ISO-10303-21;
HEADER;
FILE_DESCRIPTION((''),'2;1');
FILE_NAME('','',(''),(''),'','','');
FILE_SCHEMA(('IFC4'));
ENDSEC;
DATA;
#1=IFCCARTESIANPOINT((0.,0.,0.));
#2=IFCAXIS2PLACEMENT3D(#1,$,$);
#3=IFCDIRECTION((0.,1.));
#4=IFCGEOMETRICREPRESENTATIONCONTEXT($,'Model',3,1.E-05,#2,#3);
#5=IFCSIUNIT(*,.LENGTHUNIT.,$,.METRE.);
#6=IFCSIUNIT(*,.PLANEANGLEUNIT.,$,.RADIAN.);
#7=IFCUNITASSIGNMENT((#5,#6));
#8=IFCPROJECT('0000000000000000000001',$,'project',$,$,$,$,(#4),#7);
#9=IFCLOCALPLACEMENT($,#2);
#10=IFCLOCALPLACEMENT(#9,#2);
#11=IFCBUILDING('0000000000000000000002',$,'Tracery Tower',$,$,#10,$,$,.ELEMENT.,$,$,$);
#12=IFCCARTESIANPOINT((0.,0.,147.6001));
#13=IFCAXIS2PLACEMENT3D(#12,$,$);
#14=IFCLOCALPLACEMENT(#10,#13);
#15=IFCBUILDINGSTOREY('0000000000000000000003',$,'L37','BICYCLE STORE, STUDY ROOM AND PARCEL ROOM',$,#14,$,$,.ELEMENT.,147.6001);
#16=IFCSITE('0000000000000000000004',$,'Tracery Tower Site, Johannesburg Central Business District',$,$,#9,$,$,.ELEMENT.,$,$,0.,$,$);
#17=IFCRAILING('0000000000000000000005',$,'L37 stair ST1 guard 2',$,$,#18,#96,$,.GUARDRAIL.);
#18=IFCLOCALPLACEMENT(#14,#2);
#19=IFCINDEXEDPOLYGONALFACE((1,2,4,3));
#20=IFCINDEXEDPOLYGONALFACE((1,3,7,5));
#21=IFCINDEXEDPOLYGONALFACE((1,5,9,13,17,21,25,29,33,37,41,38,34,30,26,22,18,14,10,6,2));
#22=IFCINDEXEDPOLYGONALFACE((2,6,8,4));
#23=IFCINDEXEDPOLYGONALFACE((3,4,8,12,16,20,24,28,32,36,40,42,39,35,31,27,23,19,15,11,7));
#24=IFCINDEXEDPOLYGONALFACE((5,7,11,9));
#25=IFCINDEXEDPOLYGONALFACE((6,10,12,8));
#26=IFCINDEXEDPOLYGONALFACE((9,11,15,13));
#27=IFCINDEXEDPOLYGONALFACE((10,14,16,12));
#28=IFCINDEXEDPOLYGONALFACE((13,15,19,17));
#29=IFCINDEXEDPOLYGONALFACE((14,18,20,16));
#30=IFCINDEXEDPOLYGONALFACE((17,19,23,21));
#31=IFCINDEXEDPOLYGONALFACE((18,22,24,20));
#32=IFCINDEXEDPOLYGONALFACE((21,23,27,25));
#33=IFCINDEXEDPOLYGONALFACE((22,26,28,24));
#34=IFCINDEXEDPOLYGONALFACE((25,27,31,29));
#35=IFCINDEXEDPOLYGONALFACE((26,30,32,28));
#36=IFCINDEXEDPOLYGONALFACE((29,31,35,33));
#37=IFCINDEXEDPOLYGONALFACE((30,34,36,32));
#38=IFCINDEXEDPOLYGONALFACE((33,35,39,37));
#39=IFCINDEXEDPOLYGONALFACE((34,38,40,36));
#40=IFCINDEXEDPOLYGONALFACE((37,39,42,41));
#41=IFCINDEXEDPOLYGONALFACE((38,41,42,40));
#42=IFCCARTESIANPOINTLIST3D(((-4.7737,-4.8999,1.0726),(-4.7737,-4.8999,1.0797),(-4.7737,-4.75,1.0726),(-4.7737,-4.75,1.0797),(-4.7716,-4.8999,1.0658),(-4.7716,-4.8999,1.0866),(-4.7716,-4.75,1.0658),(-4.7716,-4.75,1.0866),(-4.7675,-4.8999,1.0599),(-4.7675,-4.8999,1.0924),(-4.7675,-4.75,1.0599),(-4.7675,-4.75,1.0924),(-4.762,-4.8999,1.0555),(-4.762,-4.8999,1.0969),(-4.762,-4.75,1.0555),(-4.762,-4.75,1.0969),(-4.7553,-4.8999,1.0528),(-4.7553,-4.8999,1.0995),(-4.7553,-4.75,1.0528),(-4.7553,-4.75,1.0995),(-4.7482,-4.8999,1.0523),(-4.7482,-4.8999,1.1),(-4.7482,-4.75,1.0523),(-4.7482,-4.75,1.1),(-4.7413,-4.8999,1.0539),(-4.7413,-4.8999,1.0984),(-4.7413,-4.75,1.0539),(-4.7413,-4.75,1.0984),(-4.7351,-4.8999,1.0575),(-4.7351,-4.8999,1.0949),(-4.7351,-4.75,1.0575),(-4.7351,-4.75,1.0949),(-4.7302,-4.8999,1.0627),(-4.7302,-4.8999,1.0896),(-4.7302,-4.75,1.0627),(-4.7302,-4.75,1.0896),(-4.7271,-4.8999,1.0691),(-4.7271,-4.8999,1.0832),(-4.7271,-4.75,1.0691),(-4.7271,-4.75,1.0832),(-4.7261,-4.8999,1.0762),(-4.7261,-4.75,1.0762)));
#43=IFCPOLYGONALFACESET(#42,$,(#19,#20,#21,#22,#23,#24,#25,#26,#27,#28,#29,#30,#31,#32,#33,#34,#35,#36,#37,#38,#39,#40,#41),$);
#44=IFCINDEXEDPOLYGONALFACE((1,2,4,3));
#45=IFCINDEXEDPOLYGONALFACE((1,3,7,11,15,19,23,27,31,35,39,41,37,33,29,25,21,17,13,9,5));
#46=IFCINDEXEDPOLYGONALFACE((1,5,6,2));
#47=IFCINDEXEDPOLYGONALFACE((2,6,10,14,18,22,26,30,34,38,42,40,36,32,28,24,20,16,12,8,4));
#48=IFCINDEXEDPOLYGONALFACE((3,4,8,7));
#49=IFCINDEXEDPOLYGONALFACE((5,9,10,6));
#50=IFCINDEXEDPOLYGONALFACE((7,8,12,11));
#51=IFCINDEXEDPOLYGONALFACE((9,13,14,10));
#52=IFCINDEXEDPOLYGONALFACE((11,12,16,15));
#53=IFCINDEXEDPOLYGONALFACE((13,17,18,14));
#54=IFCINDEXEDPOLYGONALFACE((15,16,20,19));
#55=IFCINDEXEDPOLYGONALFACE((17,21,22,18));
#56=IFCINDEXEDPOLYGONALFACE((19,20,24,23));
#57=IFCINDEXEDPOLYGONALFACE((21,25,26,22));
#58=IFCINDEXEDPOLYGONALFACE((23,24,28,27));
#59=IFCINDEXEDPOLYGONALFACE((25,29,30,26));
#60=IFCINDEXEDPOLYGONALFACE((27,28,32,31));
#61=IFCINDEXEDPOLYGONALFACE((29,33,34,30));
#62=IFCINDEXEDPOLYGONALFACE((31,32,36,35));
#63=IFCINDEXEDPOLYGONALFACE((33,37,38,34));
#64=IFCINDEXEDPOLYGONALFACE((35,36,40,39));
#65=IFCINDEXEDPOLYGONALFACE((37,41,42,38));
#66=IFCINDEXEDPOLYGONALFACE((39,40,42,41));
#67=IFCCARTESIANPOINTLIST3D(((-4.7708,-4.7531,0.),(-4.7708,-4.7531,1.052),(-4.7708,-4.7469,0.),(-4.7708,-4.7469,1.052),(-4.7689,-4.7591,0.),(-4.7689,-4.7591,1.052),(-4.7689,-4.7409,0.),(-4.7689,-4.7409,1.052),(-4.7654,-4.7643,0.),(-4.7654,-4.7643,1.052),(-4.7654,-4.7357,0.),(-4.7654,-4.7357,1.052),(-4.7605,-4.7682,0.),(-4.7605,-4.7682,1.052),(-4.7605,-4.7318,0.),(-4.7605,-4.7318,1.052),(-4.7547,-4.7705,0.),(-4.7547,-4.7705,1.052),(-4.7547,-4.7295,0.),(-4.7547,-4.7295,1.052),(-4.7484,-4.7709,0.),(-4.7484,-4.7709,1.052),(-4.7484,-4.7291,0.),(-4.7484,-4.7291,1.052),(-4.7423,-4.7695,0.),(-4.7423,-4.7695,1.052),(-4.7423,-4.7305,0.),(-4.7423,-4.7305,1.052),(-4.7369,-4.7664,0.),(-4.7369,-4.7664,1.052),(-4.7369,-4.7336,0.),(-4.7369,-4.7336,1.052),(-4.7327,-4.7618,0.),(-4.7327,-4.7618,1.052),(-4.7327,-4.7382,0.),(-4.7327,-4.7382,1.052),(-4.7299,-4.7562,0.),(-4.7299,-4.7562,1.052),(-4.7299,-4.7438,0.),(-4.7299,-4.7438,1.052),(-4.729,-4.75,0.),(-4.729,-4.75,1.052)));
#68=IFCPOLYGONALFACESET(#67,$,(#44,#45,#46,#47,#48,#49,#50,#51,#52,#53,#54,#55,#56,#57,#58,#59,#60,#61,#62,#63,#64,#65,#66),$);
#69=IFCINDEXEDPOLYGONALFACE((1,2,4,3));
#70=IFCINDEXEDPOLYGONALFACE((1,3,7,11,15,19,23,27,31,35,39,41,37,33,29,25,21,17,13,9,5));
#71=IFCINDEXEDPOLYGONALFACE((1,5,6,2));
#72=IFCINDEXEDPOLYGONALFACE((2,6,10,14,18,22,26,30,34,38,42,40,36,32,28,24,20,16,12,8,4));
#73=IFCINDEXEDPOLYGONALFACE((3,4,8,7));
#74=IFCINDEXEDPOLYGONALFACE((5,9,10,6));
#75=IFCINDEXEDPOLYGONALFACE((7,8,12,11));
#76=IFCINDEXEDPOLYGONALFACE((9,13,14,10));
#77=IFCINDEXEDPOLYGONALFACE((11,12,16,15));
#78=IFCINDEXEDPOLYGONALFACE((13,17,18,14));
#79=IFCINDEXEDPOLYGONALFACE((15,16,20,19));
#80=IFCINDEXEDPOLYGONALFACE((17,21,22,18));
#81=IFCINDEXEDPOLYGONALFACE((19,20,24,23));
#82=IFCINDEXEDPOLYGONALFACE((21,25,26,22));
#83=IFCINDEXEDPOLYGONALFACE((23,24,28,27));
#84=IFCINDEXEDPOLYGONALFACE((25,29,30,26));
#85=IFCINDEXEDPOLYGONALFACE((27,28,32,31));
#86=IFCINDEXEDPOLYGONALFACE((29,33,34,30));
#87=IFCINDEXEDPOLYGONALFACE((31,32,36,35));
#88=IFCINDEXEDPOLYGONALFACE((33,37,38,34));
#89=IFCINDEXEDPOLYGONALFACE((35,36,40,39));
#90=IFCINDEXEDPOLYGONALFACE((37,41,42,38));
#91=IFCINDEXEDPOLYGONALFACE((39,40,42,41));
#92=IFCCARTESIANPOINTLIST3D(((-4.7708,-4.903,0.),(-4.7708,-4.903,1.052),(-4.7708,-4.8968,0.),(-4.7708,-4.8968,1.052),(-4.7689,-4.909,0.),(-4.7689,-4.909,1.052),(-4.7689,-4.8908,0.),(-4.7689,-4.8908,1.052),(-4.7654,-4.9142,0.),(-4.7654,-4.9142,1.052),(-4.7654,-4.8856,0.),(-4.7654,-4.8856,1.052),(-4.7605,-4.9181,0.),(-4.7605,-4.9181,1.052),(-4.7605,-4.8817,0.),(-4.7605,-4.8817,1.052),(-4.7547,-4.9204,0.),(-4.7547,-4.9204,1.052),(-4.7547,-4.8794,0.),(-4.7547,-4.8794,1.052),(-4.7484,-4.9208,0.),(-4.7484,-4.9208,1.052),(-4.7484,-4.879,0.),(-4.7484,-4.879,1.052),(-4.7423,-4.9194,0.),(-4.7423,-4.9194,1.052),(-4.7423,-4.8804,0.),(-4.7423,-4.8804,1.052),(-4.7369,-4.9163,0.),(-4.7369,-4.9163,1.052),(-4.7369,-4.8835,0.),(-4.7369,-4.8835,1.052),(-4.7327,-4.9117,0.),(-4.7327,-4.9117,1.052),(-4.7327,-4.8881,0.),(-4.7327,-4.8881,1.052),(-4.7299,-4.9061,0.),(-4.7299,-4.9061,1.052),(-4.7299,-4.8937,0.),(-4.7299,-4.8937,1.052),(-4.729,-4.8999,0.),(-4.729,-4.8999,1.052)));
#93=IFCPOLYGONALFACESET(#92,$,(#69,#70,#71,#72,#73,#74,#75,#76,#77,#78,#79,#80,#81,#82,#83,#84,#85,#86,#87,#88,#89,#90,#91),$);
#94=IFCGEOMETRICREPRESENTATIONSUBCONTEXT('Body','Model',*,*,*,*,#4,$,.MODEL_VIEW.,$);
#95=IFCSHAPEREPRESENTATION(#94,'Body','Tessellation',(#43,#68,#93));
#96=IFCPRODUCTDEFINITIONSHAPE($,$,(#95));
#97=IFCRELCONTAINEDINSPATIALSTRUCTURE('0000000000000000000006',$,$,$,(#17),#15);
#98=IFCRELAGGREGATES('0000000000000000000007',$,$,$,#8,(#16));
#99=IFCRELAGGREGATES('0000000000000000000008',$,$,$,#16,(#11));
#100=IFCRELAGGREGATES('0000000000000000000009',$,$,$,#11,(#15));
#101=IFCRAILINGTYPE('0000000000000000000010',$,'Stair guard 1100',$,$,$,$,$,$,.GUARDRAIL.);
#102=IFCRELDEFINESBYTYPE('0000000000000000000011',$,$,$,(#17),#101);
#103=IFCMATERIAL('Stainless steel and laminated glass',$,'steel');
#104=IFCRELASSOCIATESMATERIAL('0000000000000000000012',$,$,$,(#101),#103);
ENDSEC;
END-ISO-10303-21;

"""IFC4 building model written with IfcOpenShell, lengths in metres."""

from ifc_helpers import new_model, si_unit, direction, frame, origin, origin_2d, place, context, subcontext, project, spatial, circle, extrude, material, type_object, element, save


model = new_model("IFC4")

# Units and contexts
model_context = context("Model", 3, precision=1e-05, world=origin(), true_north=direction((0.0, 1.0)))
body_context = subcontext(model_context, "Body", "Model", "MODEL_VIEW")
ifc_project = project(units=[si_unit("LENGTHUNIT", "METRE"), si_unit("PLANEANGLEUNIT", "RADIAN")], contexts=[model_context])

# Site, building, storey
site_placement = place(None, origin())
site = spatial("IfcSite", under=ifc_project, at=site_placement, Name="Tracery Tower Site, Johannesburg Central Business District", CompositionType="ELEMENT", RefElevation=0.0)
building_placement = place(site_placement, origin())
building = spatial("IfcBuilding", under=site, at=building_placement, Name="Tracery Tower", CompositionType="ELEMENT")
storey_placement = place(building_placement, frame((0.0, 0.0, 147.6001)))
storey = spatial("IfcBuildingStorey", under=building, at=storey_placement, Name="L37", Description="BICYCLE STORE, STUDY ROOM AND PARCEL ROOM", CompositionType="ELEMENT", Elevation=147.6001)

# Railing
ifc_material_1 = material(Name="Stainless steel and laminated glass", Category="steel")
railing_type_1 = type_object("IfcRailingType", Name="Stair guard 1100", PredefinedType="GUARDRAIL", material=ifc_material_1)
railing_1_placement = place(storey_placement, frame((-4.75, -4.75, 0.0)))
element("IfcRailing", 1, at=railing_1_placement, inside=storey, type_object=railing_type_1, Name="L37 stair ST1 guard 2", PredefinedType="GUARDRAIL", context=body_context, shape_type="SweptSolid", body=[
    extrude(circle(Radius=0.0239, at=origin_2d()), frame((0.0, 0.0, 1.0762), z_axis=(0.0, -1.0, 0.0), x_axis=(1.0, 0.0, 0.0)), (0.0, 0.0, 1.0), 0.1499),
    extrude(circle(Radius=0.021, at=origin_2d()), origin(), (0.0, 0.0, 1.0), 1.052),
    extrude(circle(Radius=0.021, at=origin_2d()), frame((0.0, -0.1499, 0.0)), (0.0, 0.0, 1.0), 1.052),
])

save(model, "model.ifc")
